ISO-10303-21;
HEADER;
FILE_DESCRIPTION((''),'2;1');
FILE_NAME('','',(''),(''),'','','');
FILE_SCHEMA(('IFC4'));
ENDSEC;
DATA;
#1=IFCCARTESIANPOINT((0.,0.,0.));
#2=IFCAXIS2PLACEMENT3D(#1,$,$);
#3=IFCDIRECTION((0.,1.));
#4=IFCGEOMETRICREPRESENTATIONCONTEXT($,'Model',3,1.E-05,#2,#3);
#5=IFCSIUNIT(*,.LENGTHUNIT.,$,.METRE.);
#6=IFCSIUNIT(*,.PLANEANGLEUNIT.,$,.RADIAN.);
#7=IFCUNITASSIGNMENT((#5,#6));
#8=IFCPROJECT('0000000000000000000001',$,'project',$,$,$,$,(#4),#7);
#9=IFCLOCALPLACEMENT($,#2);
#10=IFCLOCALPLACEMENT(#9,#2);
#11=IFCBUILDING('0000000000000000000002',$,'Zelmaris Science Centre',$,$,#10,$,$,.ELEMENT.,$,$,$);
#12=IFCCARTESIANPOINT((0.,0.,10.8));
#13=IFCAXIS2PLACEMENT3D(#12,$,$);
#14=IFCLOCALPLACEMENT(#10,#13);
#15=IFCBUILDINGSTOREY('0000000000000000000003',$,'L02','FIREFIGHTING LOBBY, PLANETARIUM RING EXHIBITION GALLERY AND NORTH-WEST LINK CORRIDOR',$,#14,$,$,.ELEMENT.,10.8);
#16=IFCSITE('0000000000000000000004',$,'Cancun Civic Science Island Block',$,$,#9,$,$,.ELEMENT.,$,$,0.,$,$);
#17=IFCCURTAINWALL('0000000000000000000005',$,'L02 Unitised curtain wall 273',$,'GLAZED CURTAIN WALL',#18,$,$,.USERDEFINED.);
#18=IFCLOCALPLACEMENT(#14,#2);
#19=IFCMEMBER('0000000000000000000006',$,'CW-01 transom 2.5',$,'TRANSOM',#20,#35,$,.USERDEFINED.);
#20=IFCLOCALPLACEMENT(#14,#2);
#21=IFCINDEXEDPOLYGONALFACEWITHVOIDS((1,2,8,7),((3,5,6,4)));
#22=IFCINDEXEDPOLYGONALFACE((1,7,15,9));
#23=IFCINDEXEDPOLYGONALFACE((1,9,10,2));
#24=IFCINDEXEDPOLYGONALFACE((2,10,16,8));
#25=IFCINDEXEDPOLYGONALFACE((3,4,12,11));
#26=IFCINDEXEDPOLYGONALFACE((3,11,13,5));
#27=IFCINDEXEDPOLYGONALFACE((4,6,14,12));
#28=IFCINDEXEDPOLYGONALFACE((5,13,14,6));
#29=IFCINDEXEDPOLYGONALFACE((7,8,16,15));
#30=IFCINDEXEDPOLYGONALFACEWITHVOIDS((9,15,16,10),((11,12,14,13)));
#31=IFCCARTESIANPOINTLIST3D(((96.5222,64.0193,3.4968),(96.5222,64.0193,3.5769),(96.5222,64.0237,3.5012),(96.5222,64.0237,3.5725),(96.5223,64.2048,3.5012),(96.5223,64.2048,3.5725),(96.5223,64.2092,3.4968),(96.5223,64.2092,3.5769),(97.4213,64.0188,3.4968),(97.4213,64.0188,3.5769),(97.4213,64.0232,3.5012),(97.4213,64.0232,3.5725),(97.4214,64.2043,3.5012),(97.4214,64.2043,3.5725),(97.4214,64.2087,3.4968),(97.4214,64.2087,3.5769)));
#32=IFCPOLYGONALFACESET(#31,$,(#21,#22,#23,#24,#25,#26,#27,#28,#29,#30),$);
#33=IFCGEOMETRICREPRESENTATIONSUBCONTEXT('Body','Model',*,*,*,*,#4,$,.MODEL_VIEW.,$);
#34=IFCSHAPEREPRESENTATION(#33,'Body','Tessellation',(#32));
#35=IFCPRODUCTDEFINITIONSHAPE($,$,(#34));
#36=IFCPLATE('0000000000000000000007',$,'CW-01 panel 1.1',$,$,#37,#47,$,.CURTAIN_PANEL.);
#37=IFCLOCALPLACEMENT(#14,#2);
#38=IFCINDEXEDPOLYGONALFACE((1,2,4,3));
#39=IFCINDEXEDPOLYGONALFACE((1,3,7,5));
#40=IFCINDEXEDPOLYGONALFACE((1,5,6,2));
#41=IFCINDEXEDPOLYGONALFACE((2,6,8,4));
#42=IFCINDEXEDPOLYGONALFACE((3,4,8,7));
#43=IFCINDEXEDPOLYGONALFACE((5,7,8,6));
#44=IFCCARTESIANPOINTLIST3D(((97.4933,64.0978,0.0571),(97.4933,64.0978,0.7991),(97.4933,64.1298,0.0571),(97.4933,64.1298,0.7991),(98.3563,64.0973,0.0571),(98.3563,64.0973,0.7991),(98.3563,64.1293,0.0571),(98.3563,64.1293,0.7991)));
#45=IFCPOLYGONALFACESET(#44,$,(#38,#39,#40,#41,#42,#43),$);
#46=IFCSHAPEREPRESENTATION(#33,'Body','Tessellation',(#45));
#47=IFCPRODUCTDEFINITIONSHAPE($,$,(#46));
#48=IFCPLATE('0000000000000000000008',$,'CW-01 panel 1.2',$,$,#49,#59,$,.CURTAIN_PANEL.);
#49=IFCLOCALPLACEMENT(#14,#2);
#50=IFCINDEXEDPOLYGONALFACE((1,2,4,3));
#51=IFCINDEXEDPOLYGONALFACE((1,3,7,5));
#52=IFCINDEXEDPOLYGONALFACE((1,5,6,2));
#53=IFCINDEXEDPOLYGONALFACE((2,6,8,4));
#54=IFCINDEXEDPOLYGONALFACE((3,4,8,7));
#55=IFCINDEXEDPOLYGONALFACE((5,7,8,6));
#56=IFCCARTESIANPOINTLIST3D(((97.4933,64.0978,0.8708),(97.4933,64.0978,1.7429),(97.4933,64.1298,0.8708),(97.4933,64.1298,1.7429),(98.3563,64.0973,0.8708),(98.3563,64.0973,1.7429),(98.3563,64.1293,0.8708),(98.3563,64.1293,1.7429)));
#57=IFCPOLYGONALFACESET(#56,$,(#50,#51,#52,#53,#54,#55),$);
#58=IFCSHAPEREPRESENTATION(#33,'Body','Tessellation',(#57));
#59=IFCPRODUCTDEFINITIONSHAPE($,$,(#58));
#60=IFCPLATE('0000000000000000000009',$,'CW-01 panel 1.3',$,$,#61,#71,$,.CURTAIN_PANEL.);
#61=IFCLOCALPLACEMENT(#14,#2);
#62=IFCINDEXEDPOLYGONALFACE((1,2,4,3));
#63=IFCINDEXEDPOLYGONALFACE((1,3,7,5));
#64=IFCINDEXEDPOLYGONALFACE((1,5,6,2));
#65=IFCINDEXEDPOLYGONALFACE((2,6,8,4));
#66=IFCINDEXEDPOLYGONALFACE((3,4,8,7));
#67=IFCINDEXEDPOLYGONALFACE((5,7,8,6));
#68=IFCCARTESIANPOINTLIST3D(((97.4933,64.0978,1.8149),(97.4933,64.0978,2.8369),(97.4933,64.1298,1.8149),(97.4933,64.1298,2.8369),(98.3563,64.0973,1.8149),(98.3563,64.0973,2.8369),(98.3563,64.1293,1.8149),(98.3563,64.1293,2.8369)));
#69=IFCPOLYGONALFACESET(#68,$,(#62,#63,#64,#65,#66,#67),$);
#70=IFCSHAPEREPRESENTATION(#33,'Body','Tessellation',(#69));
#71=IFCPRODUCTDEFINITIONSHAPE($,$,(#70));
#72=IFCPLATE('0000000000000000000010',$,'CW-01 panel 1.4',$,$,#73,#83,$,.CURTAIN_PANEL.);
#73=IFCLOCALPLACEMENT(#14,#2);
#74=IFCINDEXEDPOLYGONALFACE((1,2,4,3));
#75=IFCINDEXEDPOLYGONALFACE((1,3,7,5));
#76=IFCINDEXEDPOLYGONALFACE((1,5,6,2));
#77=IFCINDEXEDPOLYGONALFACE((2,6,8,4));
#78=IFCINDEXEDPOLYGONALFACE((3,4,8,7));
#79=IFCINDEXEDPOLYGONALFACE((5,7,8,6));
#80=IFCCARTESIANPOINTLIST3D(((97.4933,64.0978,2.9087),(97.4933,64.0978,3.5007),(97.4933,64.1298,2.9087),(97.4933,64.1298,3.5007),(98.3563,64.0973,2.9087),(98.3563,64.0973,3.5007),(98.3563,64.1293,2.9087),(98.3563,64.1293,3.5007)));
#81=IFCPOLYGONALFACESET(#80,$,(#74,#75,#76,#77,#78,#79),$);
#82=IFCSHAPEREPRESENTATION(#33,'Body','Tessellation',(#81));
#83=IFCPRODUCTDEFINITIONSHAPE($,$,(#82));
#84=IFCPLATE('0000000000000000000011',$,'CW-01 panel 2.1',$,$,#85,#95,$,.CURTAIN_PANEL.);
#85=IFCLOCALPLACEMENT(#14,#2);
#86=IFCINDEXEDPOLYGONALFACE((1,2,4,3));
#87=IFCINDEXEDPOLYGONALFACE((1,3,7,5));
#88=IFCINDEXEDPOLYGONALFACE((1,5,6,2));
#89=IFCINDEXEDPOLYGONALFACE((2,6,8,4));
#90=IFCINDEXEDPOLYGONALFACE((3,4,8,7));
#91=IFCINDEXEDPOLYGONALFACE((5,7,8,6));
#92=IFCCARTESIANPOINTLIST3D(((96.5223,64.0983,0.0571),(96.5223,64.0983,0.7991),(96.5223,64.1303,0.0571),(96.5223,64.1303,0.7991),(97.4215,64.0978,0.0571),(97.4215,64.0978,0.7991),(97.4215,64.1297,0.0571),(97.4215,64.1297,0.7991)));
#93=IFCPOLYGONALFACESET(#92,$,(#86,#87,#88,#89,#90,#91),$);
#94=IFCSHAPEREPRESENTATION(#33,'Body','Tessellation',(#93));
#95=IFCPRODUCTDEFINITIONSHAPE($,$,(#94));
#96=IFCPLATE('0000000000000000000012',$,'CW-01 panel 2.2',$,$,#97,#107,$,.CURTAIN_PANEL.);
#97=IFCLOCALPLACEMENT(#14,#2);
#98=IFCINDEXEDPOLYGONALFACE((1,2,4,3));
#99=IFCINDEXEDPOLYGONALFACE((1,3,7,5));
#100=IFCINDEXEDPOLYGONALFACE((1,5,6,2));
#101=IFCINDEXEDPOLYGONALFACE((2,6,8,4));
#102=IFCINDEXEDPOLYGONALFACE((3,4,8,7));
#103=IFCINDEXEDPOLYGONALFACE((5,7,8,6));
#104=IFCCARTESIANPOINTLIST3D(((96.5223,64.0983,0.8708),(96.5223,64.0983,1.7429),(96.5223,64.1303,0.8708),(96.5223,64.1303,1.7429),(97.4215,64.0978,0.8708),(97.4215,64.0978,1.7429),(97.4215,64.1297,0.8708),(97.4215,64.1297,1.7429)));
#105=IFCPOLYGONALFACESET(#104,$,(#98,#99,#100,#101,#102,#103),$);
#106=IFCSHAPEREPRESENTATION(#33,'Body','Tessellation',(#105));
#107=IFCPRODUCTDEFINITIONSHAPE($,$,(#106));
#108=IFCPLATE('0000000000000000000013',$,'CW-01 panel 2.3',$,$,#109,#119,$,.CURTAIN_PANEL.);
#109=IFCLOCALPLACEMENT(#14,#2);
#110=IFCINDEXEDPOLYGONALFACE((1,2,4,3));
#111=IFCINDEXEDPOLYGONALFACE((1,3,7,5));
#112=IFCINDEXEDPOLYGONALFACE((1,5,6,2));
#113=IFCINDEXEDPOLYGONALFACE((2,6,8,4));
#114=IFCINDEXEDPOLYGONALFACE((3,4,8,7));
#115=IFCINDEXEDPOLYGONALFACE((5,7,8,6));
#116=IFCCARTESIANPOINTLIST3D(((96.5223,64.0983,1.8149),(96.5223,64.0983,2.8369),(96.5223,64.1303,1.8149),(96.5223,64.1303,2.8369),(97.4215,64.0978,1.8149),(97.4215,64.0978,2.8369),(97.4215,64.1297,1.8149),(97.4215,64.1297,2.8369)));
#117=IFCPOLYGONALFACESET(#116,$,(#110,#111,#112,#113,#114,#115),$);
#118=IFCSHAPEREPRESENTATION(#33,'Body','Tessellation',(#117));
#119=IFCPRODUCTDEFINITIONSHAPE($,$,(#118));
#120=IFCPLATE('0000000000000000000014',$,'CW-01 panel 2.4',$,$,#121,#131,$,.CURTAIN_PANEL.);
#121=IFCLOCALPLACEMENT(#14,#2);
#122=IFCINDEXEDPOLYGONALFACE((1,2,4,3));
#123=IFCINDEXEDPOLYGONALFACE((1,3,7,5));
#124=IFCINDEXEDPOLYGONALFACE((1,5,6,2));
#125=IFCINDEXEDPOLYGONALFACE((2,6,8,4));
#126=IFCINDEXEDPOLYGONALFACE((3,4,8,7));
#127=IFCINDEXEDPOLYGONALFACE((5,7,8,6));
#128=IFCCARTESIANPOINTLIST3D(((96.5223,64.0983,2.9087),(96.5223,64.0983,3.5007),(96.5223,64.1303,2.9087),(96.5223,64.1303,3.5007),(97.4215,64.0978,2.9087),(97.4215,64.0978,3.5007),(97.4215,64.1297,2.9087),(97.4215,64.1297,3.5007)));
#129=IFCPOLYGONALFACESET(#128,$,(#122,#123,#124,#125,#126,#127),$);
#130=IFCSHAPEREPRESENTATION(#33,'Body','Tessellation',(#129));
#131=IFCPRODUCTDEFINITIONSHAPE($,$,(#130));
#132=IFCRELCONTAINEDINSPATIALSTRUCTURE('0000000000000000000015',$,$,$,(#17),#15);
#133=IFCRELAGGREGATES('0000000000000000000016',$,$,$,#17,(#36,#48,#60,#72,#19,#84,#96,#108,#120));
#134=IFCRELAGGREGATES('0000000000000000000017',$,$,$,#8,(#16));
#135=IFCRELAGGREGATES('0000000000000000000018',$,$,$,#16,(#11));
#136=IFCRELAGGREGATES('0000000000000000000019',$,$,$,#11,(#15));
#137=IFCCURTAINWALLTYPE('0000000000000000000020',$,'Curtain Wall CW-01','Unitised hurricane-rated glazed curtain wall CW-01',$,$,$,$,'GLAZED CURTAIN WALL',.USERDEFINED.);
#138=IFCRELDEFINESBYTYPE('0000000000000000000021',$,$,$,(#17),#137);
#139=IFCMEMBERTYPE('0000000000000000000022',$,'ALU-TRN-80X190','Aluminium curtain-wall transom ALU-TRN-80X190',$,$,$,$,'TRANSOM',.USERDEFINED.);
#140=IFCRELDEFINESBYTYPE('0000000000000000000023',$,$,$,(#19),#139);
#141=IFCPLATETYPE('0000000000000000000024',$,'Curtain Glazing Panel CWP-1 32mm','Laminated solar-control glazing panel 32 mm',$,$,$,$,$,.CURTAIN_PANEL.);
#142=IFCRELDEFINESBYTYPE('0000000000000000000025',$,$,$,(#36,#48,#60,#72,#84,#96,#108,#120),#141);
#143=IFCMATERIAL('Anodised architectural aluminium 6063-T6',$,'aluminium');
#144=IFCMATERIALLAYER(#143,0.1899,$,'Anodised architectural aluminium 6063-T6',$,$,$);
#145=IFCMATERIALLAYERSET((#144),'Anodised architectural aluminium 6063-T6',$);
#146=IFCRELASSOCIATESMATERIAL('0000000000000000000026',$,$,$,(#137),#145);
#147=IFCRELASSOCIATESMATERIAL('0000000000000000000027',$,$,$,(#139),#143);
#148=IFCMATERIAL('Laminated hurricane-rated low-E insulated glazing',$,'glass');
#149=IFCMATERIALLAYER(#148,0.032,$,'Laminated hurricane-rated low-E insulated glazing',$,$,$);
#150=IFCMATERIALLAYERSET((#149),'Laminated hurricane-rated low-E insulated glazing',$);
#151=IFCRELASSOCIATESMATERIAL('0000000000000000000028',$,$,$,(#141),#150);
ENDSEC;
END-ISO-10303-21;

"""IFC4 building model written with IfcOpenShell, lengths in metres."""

from ifc_helpers import new_model, si_unit, direction, frame, origin, origin_2d, place, context, subcontext, project, spatial, rectangle, hollow_rectangle, extrude, material, layer, layer_set, material_profile, profile_set, type_object, element, aggregate, save


model = new_model("IFC4")

# Units and contexts
model_context = context("Model", 3, precision=1e-05, world=origin(), true_north=direction((0.0, 1.0)))
body_context = subcontext(model_context, "Body", "Model", "MODEL_VIEW")
ifc_project = project(units=[si_unit("LENGTHUNIT", "METRE"), si_unit("PLANEANGLEUNIT", "RADIAN")], contexts=[model_context])

# Site, building, storey
site_placement = place(None, origin())
site = spatial("IfcSite", under=ifc_project, at=site_placement, Name="Cancun Civic Science Island Block", CompositionType="ELEMENT", RefElevation=0.0)
building_placement = place(site_placement, origin())
building = spatial("IfcBuilding", under=site, at=building_placement, Name="Zelmaris Science Centre", CompositionType="ELEMENT")
storey_placement = place(building_placement, frame((0.0, 0.0, 10.8)))
storey = spatial("IfcBuildingStorey", under=building, at=storey_placement, Name="L02", Description="FIREFIGHTING LOBBY, PLANETARIUM RING EXHIBITION GALLERY AND NORTH-WEST LINK CORRIDOR", CompositionType="ELEMENT", Elevation=10.8)

# Curtain wall, member, plates
ifc_material_1 = material(Name="Anodised architectural aluminium 6063-T6", Category="aluminium")
ifc_layer_1 = layer(ifc_material_1, 0.1899, Name="Anodised architectural aluminium 6063-T6")
ifc_layer_set_1 = layer_set([ifc_layer_1], Name="Anodised architectural aluminium 6063-T6")
curtain_wall_type = type_object("IfcCurtainWallType", Name="Curtain Wall CW-01", Description="Unitised hurricane-rated glazed curtain wall CW-01", ElementType="GLAZED CURTAIN WALL", PredefinedType="USERDEFINED", material=ifc_layer_set_1)
curtain_wall_placement = place(storey_placement, origin())
curtain_wall = element("IfcCurtainWall", 1, at=curtain_wall_placement, inside=storey, type_object=curtain_wall_type, Name="L02 Unitised curtain wall 273", ObjectType="GLAZED CURTAIN WALL", PredefinedType="USERDEFINED")
ifc_material_profile_1 = material_profile(ifc_material_1, hollow_rectangle(XDim=0.0801, YDim=0.1899, WallThickness=0.0044, at=origin_2d()), Name="ALU-TRN-80X190")
ifc_profile_set_1 = profile_set([ifc_material_profile_1], Name="Anodised architectural aluminium 6063-T6")
member_type_1 = type_object("IfcMemberType", Name="ALU-TRN-80X190", Description="Aluminium curtain-wall transom ALU-TRN-80X190", ElementType="TRANSOM", PredefinedType="USERDEFINED", material=ifc_profile_set_1)
member_1_placement = place(storey_placement, frame((97.4214, 64.1138, 3.5369), z_axis=(-1.0, 0.000543, 0.0), x_axis=(0.0, 0.0, 1.0)))
member_1 = element("IfcMember", 2, at=member_1_placement, type_object=member_type_1, Name="CW-01 transom 2.5", ObjectType="TRANSOM", PredefinedType="USERDEFINED", context=body_context, shape_type="SweptSolid", body=[
    extrude(hollow_rectangle(XDim=0.0801, YDim=0.1899, WallThickness=0.0044, at=origin_2d()), origin(), (0.0, 0.0, 1.0), 0.8992),
])
ifc_material_2 = material(Name="Laminated hurricane-rated low-E insulated glazing", Category="glass")
ifc_layer_2 = layer(ifc_material_2, 0.032, Name="Laminated hurricane-rated low-E insulated glazing")
ifc_layer_set_2 = layer_set([ifc_layer_2], Name="Laminated hurricane-rated low-E insulated glazing")
plate_type = type_object("IfcPlateType", Name="Curtain Glazing Panel CWP-1 32mm", Description="Laminated solar-control glazing panel 32 mm", PredefinedType="CURTAIN_PANEL", material=ifc_layer_set_2)
plate_1_placement = place(storey_placement, frame((97.9248, 64.1135, 0.0571), z_axis=(0.0, 0.0, 1.0), x_axis=(-1.0, 0.000592, 0.0)))
plate_1 = element("IfcPlate", 3, at=plate_1_placement, type_object=plate_type, Name="CW-01 panel 1.1", PredefinedType="CURTAIN_PANEL", context=body_context, shape_type="SweptSolid", body=[
    extrude(rectangle(XDim=0.863, YDim=0.032, at=origin_2d()), origin(), (0.0, 0.0, 1.0), 0.7419),
])
plate_2_placement = place(storey_placement, frame((97.9248, 64.1135, 0.8708), z_axis=(0.0, 0.0, 1.0), x_axis=(-1.0, 0.000592, 0.0)))
plate_2 = element("IfcPlate", 4, at=plate_2_placement, type_object=plate_type, Name="CW-01 panel 1.2", PredefinedType="CURTAIN_PANEL", context=body_context, shape_type="SweptSolid", body=[
    extrude(rectangle(XDim=0.863, YDim=0.032, at=origin_2d()), origin(), (0.0, 0.0, 1.0), 0.8721),
])
plate_3_placement = place(storey_placement, frame((97.9248, 64.1135, 1.8149), z_axis=(0.0, 0.0, 1.0), x_axis=(-1.0, 0.000592, 0.0)))
plate_3 = element("IfcPlate", 5, at=plate_3_placement, type_object=plate_type, Name="CW-01 panel 1.3", PredefinedType="CURTAIN_PANEL", context=body_context, shape_type="SweptSolid", body=[
    extrude(rectangle(XDim=0.863, YDim=0.032, at=origin_2d()), origin(), (0.0, 0.0, 1.0), 1.022),
])
plate_4_placement = place(storey_placement, frame((97.9248, 64.1135, 2.9087), z_axis=(0.0, 0.0, 1.0), x_axis=(-1.0, 0.000592, 0.0)))
plate_4 = element("IfcPlate", 6, at=plate_4_placement, type_object=plate_type, Name="CW-01 panel 1.4", PredefinedType="CURTAIN_PANEL", context=body_context, shape_type="SweptSolid", body=[
    extrude(rectangle(XDim=0.863, YDim=0.032, at=origin_2d()), origin(), (0.0, 0.0, 1.0), 0.592),
])
plate_5_placement = place(storey_placement, frame((96.9719, 64.114, 0.0571), z_axis=(0.0, 0.0, 1.0), x_axis=(-1.0, 0.000592, 0.0)))
plate_5 = element("IfcPlate", 7, at=plate_5_placement, type_object=plate_type, Name="CW-01 panel 2.1", PredefinedType="CURTAIN_PANEL", context=body_context, shape_type="SweptSolid", body=[
    extrude(rectangle(XDim=0.8992, YDim=0.032, at=origin_2d()), origin(), (0.0, 0.0, 1.0), 0.7419),
])
plate_6_placement = place(storey_placement, frame((96.9719, 64.114, 0.8708), z_axis=(0.0, 0.0, 1.0), x_axis=(-1.0, 0.000592, 0.0)))
plate_6 = element("IfcPlate", 8, at=plate_6_placement, type_object=plate_type, Name="CW-01 panel 2.2", PredefinedType="CURTAIN_PANEL", context=body_context, shape_type="SweptSolid", body=[
    extrude(rectangle(XDim=0.8992, YDim=0.032, at=origin_2d()), origin(), (0.0, 0.0, 1.0), 0.8721),
])
plate_7_placement = place(storey_placement, frame((96.9719, 64.114, 1.8149), z_axis=(0.0, 0.0, 1.0), x_axis=(-1.0, 0.000592, 0.0)))
plate_7 = element("IfcPlate", 9, at=plate_7_placement, type_object=plate_type, Name="CW-01 panel 2.3", PredefinedType="CURTAIN_PANEL", context=body_context, shape_type="SweptSolid", body=[
    extrude(rectangle(XDim=0.8992, YDim=0.032, at=origin_2d()), origin(), (0.0, 0.0, 1.0), 1.022),
])
plate_8_placement = place(storey_placement, frame((96.9719, 64.114, 2.9087), z_axis=(0.0, 0.0, 1.0), x_axis=(-1.0, 0.000592, 0.0)))
plate_8 = element("IfcPlate", 10, at=plate_8_placement, type_object=plate_type, Name="CW-01 panel 2.4", PredefinedType="CURTAIN_PANEL", context=body_context, shape_type="SweptSolid", body=[
    extrude(rectangle(XDim=0.8992, YDim=0.032, at=origin_2d()), origin(), (0.0, 0.0, 1.0), 0.592),
])
aggregate(curtain_wall, [plate_1, plate_2, plate_3, plate_4, member_1, plate_5, plate_6, plate_7, plate_8])

save(model, "model.ifc")
